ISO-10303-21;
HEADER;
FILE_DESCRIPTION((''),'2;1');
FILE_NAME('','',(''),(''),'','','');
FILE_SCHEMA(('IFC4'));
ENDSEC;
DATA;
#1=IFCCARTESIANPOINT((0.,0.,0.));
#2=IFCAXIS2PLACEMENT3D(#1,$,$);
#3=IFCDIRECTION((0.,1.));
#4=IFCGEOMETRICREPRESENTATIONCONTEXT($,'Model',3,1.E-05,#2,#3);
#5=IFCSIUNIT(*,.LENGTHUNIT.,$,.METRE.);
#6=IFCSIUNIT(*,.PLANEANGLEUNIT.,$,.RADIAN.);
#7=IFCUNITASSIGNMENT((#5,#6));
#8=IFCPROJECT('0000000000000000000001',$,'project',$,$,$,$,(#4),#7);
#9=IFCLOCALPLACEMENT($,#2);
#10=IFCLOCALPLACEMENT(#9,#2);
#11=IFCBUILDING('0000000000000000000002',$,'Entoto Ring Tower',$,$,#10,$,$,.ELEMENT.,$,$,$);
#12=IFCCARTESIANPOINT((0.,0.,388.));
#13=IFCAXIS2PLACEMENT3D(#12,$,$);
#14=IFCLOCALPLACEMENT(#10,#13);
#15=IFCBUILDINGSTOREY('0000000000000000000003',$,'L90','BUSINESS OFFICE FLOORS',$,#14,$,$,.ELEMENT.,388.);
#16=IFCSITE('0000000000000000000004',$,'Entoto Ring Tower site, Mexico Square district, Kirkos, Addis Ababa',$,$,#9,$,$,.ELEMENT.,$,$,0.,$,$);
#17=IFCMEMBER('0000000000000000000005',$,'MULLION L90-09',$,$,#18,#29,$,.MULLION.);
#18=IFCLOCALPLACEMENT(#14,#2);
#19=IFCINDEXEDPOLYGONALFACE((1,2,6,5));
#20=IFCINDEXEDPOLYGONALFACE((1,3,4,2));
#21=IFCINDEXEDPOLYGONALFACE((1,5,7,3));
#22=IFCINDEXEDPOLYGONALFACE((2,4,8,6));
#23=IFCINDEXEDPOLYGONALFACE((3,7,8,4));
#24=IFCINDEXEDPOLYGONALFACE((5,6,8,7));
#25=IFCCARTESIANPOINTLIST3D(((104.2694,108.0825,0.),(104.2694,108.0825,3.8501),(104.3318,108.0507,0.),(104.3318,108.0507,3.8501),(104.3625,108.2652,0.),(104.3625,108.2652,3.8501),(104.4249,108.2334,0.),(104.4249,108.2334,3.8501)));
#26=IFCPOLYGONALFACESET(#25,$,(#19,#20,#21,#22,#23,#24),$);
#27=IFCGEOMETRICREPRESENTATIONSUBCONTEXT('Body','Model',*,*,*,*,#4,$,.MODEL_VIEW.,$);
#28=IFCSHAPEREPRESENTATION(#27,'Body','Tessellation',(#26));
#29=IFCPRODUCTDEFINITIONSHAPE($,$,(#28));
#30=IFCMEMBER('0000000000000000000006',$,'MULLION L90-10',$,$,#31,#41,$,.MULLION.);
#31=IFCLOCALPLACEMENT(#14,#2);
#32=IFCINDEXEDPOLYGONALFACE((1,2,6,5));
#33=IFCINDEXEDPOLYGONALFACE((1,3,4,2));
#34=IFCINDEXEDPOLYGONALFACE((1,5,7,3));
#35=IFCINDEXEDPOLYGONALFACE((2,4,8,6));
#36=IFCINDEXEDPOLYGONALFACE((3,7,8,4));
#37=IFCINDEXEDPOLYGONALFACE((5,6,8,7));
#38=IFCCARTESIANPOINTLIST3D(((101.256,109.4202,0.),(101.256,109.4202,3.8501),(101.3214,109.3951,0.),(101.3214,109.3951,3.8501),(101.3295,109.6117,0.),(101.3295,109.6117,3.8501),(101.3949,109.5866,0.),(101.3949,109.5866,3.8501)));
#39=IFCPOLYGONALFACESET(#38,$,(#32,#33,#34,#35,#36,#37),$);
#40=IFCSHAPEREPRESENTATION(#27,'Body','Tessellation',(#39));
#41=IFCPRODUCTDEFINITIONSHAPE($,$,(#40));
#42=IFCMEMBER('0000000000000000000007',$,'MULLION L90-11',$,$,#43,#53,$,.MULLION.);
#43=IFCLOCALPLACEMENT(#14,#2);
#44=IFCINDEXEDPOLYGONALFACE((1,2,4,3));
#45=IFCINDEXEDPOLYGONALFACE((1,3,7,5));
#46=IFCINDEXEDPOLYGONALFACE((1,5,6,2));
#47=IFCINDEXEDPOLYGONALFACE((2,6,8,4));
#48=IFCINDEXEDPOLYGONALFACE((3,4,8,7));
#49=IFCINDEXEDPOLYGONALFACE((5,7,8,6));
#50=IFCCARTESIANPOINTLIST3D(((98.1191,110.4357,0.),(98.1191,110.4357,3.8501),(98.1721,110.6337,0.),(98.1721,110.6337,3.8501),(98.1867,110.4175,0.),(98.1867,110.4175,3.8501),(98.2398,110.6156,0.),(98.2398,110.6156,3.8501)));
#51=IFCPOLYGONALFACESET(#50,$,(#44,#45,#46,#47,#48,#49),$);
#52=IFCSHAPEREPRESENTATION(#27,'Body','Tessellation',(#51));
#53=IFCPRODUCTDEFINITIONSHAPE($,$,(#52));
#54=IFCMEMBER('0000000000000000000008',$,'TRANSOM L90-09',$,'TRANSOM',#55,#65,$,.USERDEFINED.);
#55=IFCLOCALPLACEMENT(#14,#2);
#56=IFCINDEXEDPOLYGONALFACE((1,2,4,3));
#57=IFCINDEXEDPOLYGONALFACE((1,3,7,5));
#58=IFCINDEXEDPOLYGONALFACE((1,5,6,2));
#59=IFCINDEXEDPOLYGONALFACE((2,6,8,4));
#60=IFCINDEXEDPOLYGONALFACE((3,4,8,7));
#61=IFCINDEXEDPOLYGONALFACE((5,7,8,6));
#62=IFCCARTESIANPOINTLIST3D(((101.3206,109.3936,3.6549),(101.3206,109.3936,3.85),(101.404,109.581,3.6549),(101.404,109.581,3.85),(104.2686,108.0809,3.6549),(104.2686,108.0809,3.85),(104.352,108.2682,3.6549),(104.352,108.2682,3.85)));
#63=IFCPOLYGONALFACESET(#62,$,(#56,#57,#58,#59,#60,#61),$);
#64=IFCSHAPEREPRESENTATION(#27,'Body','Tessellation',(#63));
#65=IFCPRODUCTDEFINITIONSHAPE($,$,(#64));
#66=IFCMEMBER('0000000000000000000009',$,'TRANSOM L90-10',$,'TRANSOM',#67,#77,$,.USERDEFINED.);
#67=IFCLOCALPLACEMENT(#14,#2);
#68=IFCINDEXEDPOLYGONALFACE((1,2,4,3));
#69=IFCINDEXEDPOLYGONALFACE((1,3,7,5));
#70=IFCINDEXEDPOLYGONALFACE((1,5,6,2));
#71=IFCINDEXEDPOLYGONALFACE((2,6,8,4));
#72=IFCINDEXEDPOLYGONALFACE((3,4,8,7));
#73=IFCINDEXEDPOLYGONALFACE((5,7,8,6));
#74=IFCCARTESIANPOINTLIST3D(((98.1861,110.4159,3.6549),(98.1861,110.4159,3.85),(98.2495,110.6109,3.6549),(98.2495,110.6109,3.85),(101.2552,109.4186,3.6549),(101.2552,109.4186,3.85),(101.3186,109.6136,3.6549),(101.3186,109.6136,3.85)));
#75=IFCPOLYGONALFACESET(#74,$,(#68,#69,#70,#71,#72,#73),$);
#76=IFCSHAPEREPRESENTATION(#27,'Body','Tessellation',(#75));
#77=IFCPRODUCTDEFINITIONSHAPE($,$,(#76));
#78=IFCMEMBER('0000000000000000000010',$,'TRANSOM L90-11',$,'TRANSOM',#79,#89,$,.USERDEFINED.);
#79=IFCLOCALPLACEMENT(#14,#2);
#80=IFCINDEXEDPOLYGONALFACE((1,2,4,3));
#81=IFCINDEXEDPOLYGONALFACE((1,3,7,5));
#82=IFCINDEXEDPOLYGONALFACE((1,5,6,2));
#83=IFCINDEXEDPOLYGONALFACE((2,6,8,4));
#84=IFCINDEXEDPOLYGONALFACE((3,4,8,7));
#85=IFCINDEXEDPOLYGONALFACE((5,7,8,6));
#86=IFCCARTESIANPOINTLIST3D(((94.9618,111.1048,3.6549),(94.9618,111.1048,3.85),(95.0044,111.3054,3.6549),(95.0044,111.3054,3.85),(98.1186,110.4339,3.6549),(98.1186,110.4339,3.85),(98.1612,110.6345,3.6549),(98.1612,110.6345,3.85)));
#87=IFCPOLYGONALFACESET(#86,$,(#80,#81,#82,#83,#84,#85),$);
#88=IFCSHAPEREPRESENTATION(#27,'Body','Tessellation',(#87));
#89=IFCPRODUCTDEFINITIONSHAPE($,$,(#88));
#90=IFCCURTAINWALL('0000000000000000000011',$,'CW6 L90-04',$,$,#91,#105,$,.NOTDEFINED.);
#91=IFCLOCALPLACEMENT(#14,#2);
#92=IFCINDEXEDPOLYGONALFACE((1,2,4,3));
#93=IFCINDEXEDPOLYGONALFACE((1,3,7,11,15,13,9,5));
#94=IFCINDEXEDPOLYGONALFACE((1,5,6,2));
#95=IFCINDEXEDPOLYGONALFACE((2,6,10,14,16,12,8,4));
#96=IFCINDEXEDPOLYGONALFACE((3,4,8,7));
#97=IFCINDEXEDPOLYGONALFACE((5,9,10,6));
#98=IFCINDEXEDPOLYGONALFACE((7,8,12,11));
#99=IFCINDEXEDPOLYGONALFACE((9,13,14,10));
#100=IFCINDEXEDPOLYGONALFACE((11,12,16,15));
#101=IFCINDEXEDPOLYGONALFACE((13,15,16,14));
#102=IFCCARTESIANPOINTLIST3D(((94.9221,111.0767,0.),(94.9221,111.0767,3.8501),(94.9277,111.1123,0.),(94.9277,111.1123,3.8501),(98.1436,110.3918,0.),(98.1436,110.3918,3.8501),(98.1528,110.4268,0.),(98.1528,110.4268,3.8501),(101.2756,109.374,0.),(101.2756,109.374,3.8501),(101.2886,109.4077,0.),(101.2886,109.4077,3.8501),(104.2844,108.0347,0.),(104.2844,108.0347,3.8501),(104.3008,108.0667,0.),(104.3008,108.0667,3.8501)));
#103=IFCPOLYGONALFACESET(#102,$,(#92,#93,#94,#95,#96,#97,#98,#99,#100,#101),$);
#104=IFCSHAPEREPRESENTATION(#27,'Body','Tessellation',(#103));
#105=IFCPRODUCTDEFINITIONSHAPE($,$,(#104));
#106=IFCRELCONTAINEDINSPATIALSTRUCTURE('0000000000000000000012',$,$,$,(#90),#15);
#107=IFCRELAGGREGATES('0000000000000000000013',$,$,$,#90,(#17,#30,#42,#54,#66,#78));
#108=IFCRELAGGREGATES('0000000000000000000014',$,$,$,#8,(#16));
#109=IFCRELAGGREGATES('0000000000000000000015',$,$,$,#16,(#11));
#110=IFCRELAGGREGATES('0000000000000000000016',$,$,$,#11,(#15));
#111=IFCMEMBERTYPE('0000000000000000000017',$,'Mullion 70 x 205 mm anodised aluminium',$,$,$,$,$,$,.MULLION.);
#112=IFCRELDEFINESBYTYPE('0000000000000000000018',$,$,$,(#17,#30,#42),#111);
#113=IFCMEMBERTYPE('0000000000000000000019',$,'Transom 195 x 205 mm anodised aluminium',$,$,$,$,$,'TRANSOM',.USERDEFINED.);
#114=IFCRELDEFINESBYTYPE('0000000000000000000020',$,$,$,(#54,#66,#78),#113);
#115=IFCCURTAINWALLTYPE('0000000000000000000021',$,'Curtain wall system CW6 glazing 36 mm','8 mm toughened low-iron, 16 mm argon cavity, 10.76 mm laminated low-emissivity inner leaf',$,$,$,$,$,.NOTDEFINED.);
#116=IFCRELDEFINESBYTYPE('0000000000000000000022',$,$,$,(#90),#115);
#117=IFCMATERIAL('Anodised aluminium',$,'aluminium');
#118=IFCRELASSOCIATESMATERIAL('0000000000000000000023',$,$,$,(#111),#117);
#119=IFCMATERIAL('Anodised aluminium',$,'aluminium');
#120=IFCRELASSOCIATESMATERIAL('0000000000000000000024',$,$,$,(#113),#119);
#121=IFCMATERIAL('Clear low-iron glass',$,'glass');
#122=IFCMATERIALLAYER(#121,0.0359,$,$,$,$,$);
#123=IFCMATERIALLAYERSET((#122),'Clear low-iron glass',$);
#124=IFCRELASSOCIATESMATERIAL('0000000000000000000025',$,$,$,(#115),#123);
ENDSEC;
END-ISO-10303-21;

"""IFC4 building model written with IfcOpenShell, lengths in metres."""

from ifc_helpers import new_model, si_unit, direction, frame, origin, origin_2d, place, context, subcontext, project, spatial, polyline, rectangle, outline, extrude, material, layer, layer_set, material_profile, profile_set, type_object, element, aggregate, save


model = new_model("IFC4")

# Units and contexts
model_context = context("Model", 3, precision=1e-05, world=origin(), true_north=direction((0.0, 1.0)))
body_context = subcontext(model_context, "Body", "Model", "MODEL_VIEW")
ifc_project = project(units=[si_unit("LENGTHUNIT", "METRE"), si_unit("PLANEANGLEUNIT", "RADIAN")], contexts=[model_context])

# Members
ifc_material_1 = material(Name="Anodised aluminium", Category="aluminium")
ifc_material_profile_1 = material_profile(ifc_material_1, rectangle(XDim=0.0701, YDim=0.2051, at=origin_2d()), Name="Mullion 70 x 205 mm anodised aluminium")
ifc_profile_set_1 = profile_set([ifc_material_profile_1], Name="Anodised aluminium")
member_type_1 = type_object("IfcMemberType", Name="Mullion 70 x 205 mm anodised aluminium", PredefinedType="MULLION", material=ifc_profile_set_1)
site_placement = place(None, origin())
building_placement = place(site_placement, origin())
storey_placement = place(building_placement, frame((0.0, 0.0, 388.0)))
member_1_placement = place(storey_placement, frame((104.3472, 108.158, 0.0), z_axis=(0.0, 0.0, 1.0), x_axis=(-0.891007, 0.45399, 0.0)))
member_1 = element("IfcMember", 1, at=member_1_placement, type_object=member_type_1, Name="MULLION L90-09", PredefinedType="MULLION", context=body_context, shape_type="SweptSolid", body=[
    extrude(rectangle(XDim=0.0701, YDim=0.2051, at=origin_2d()), origin(), (0.0, 0.0, 1.0), 3.8501),
])
member_2_placement = place(storey_placement, frame((101.3254, 109.5034, 0.0), z_axis=(0.0, 0.0, 1.0), x_axis=(-0.93358, 0.358368, 0.0)))
member_2 = element("IfcMember", 2, at=member_2_placement, type_object=member_type_1, Name="MULLION L90-10", PredefinedType="MULLION", context=body_context, shape_type="SweptSolid", body=[
    extrude(rectangle(XDim=0.0701, YDim=0.2051, at=origin_2d()), origin(), (0.0, 0.0, 1.0), 3.8501),
])
member_3_placement = place(storey_placement, frame((98.1794, 110.5256, 0.0), z_axis=(0.0, 0.0, 1.0), x_axis=(-0.965926, 0.258819, 0.0)))
member_3 = element("IfcMember", 3, at=member_3_placement, type_object=member_type_1, Name="MULLION L90-11", PredefinedType="MULLION", context=body_context, shape_type="SweptSolid", body=[
    extrude(rectangle(XDim=0.0701, YDim=0.2051, at=origin_2d()), origin(), (0.0, 0.0, 1.0), 3.8501),
])
ifc_material_2 = material(Name="Anodised aluminium", Category="aluminium")
ifc_material_profile_2 = material_profile(ifc_material_2, rectangle(XDim=0.2051, YDim=0.1951, at=origin_2d()), Name="Transom 195 x 205 mm anodised aluminium")
ifc_profile_set_2 = profile_set([ifc_material_profile_2], Name="Anodised aluminium")
member_type_2 = type_object("IfcMemberType", Name="Transom 195 x 205 mm anodised aluminium", ElementType="TRANSOM", PredefinedType="USERDEFINED", material=ifc_profile_set_2)
member_4_placement = place(storey_placement, frame((104.3103, 108.1746, 3.7524), z_axis=(-0.913521, 0.406791, 0.0), x_axis=(-0.406791, -0.913521, 0.0)))
member_4 = element("IfcMember", 4, at=member_4_placement, type_object=member_type_2, Name="TRANSOM L90-09", ObjectType="TRANSOM", PredefinedType="USERDEFINED", context=body_context, shape_type="SweptSolid", body=[
    extrude(rectangle(XDim=0.2051, YDim=0.1951, at=origin_2d()), origin(), (0.0, 0.0, 1.0), 3.2271),
])
member_5_placement = place(storey_placement, frame((101.2869, 109.5161, 3.7524), z_axis=(-0.951047, 0.309047, 0.0), x_axis=(-0.309047, -0.951047, 0.0)))
member_5 = element("IfcMember", 5, at=member_5_placement, type_object=member_type_2, Name="TRANSOM L90-10", ObjectType="TRANSOM", PredefinedType="USERDEFINED", context=body_context, shape_type="SweptSolid", body=[
    extrude(rectangle(XDim=0.2051, YDim=0.1951, at=origin_2d()), origin(), (0.0, 0.0, 1.0), 3.2271),
])
member_6_placement = place(storey_placement, frame((98.1399, 110.5342, 3.7524), z_axis=(-0.978153, 0.207886, 0.0), x_axis=(-0.207886, -0.978153, 0.0)))
member_6 = element("IfcMember", 6, at=member_6_placement, type_object=member_type_2, Name="TRANSOM L90-11", ObjectType="TRANSOM", PredefinedType="USERDEFINED", context=body_context, shape_type="SweptSolid", body=[
    extrude(rectangle(XDim=0.2051, YDim=0.1951, at=origin_2d()), origin(), (0.0, 0.0, 1.0), 3.2273),
])

# Site, building, storey
site = spatial("IfcSite", under=ifc_project, at=site_placement, Name="Entoto Ring Tower site, Mexico Square district, Kirkos, Addis Ababa", CompositionType="ELEMENT", RefElevation=0.0)
building = spatial("IfcBuilding", under=site, at=building_placement, Name="Entoto Ring Tower", CompositionType="ELEMENT")
storey = spatial("IfcBuildingStorey", under=building, at=storey_placement, Name="L90", Description="BUSINESS OFFICE FLOORS", CompositionType="ELEMENT", Elevation=388.0)

# Curtain wall
ifc_material_3 = material(Name="Clear low-iron glass", Category="glass")
ifc_layer = layer(ifc_material_3, 0.0359)
ifc_layer_set = layer_set([ifc_layer], Name="Clear low-iron glass")
curtain_wall_type = type_object("IfcCurtainWallType", Name="Curtain wall system CW6 glazing 36 mm", Description="8 mm toughened low-iron, 16 mm argon cavity, 10.76 mm laminated low-emissivity inner leaf", PredefinedType="NOTDEFINED", material=ifc_layer_set)
curtain_wall_1_placement = place(storey_placement, origin())
curtain_wall_1 = element("IfcCurtainWall", 7, at=curtain_wall_1_placement, inside=storey, type_object=curtain_wall_type, Name="CW6 L90-04", PredefinedType="NOTDEFINED", context=body_context, shape_type="SweptSolid", body=[
    extrude(outline(polyline([(104.3008, 108.0667), (101.2886, 109.4077), (98.1528, 110.4268), (94.9277, 111.1123), (94.9221, 111.0767), (98.1436, 110.3918), (101.2756, 109.374), (104.2844, 108.0347), (104.3008, 108.0667)])), origin(), (0.0, 0.0, 1.0), 3.8501),
])
aggregate(curtain_wall_1, [member_1, member_2, member_3, member_4, member_5, member_6])

save(model, "model.ifc")
